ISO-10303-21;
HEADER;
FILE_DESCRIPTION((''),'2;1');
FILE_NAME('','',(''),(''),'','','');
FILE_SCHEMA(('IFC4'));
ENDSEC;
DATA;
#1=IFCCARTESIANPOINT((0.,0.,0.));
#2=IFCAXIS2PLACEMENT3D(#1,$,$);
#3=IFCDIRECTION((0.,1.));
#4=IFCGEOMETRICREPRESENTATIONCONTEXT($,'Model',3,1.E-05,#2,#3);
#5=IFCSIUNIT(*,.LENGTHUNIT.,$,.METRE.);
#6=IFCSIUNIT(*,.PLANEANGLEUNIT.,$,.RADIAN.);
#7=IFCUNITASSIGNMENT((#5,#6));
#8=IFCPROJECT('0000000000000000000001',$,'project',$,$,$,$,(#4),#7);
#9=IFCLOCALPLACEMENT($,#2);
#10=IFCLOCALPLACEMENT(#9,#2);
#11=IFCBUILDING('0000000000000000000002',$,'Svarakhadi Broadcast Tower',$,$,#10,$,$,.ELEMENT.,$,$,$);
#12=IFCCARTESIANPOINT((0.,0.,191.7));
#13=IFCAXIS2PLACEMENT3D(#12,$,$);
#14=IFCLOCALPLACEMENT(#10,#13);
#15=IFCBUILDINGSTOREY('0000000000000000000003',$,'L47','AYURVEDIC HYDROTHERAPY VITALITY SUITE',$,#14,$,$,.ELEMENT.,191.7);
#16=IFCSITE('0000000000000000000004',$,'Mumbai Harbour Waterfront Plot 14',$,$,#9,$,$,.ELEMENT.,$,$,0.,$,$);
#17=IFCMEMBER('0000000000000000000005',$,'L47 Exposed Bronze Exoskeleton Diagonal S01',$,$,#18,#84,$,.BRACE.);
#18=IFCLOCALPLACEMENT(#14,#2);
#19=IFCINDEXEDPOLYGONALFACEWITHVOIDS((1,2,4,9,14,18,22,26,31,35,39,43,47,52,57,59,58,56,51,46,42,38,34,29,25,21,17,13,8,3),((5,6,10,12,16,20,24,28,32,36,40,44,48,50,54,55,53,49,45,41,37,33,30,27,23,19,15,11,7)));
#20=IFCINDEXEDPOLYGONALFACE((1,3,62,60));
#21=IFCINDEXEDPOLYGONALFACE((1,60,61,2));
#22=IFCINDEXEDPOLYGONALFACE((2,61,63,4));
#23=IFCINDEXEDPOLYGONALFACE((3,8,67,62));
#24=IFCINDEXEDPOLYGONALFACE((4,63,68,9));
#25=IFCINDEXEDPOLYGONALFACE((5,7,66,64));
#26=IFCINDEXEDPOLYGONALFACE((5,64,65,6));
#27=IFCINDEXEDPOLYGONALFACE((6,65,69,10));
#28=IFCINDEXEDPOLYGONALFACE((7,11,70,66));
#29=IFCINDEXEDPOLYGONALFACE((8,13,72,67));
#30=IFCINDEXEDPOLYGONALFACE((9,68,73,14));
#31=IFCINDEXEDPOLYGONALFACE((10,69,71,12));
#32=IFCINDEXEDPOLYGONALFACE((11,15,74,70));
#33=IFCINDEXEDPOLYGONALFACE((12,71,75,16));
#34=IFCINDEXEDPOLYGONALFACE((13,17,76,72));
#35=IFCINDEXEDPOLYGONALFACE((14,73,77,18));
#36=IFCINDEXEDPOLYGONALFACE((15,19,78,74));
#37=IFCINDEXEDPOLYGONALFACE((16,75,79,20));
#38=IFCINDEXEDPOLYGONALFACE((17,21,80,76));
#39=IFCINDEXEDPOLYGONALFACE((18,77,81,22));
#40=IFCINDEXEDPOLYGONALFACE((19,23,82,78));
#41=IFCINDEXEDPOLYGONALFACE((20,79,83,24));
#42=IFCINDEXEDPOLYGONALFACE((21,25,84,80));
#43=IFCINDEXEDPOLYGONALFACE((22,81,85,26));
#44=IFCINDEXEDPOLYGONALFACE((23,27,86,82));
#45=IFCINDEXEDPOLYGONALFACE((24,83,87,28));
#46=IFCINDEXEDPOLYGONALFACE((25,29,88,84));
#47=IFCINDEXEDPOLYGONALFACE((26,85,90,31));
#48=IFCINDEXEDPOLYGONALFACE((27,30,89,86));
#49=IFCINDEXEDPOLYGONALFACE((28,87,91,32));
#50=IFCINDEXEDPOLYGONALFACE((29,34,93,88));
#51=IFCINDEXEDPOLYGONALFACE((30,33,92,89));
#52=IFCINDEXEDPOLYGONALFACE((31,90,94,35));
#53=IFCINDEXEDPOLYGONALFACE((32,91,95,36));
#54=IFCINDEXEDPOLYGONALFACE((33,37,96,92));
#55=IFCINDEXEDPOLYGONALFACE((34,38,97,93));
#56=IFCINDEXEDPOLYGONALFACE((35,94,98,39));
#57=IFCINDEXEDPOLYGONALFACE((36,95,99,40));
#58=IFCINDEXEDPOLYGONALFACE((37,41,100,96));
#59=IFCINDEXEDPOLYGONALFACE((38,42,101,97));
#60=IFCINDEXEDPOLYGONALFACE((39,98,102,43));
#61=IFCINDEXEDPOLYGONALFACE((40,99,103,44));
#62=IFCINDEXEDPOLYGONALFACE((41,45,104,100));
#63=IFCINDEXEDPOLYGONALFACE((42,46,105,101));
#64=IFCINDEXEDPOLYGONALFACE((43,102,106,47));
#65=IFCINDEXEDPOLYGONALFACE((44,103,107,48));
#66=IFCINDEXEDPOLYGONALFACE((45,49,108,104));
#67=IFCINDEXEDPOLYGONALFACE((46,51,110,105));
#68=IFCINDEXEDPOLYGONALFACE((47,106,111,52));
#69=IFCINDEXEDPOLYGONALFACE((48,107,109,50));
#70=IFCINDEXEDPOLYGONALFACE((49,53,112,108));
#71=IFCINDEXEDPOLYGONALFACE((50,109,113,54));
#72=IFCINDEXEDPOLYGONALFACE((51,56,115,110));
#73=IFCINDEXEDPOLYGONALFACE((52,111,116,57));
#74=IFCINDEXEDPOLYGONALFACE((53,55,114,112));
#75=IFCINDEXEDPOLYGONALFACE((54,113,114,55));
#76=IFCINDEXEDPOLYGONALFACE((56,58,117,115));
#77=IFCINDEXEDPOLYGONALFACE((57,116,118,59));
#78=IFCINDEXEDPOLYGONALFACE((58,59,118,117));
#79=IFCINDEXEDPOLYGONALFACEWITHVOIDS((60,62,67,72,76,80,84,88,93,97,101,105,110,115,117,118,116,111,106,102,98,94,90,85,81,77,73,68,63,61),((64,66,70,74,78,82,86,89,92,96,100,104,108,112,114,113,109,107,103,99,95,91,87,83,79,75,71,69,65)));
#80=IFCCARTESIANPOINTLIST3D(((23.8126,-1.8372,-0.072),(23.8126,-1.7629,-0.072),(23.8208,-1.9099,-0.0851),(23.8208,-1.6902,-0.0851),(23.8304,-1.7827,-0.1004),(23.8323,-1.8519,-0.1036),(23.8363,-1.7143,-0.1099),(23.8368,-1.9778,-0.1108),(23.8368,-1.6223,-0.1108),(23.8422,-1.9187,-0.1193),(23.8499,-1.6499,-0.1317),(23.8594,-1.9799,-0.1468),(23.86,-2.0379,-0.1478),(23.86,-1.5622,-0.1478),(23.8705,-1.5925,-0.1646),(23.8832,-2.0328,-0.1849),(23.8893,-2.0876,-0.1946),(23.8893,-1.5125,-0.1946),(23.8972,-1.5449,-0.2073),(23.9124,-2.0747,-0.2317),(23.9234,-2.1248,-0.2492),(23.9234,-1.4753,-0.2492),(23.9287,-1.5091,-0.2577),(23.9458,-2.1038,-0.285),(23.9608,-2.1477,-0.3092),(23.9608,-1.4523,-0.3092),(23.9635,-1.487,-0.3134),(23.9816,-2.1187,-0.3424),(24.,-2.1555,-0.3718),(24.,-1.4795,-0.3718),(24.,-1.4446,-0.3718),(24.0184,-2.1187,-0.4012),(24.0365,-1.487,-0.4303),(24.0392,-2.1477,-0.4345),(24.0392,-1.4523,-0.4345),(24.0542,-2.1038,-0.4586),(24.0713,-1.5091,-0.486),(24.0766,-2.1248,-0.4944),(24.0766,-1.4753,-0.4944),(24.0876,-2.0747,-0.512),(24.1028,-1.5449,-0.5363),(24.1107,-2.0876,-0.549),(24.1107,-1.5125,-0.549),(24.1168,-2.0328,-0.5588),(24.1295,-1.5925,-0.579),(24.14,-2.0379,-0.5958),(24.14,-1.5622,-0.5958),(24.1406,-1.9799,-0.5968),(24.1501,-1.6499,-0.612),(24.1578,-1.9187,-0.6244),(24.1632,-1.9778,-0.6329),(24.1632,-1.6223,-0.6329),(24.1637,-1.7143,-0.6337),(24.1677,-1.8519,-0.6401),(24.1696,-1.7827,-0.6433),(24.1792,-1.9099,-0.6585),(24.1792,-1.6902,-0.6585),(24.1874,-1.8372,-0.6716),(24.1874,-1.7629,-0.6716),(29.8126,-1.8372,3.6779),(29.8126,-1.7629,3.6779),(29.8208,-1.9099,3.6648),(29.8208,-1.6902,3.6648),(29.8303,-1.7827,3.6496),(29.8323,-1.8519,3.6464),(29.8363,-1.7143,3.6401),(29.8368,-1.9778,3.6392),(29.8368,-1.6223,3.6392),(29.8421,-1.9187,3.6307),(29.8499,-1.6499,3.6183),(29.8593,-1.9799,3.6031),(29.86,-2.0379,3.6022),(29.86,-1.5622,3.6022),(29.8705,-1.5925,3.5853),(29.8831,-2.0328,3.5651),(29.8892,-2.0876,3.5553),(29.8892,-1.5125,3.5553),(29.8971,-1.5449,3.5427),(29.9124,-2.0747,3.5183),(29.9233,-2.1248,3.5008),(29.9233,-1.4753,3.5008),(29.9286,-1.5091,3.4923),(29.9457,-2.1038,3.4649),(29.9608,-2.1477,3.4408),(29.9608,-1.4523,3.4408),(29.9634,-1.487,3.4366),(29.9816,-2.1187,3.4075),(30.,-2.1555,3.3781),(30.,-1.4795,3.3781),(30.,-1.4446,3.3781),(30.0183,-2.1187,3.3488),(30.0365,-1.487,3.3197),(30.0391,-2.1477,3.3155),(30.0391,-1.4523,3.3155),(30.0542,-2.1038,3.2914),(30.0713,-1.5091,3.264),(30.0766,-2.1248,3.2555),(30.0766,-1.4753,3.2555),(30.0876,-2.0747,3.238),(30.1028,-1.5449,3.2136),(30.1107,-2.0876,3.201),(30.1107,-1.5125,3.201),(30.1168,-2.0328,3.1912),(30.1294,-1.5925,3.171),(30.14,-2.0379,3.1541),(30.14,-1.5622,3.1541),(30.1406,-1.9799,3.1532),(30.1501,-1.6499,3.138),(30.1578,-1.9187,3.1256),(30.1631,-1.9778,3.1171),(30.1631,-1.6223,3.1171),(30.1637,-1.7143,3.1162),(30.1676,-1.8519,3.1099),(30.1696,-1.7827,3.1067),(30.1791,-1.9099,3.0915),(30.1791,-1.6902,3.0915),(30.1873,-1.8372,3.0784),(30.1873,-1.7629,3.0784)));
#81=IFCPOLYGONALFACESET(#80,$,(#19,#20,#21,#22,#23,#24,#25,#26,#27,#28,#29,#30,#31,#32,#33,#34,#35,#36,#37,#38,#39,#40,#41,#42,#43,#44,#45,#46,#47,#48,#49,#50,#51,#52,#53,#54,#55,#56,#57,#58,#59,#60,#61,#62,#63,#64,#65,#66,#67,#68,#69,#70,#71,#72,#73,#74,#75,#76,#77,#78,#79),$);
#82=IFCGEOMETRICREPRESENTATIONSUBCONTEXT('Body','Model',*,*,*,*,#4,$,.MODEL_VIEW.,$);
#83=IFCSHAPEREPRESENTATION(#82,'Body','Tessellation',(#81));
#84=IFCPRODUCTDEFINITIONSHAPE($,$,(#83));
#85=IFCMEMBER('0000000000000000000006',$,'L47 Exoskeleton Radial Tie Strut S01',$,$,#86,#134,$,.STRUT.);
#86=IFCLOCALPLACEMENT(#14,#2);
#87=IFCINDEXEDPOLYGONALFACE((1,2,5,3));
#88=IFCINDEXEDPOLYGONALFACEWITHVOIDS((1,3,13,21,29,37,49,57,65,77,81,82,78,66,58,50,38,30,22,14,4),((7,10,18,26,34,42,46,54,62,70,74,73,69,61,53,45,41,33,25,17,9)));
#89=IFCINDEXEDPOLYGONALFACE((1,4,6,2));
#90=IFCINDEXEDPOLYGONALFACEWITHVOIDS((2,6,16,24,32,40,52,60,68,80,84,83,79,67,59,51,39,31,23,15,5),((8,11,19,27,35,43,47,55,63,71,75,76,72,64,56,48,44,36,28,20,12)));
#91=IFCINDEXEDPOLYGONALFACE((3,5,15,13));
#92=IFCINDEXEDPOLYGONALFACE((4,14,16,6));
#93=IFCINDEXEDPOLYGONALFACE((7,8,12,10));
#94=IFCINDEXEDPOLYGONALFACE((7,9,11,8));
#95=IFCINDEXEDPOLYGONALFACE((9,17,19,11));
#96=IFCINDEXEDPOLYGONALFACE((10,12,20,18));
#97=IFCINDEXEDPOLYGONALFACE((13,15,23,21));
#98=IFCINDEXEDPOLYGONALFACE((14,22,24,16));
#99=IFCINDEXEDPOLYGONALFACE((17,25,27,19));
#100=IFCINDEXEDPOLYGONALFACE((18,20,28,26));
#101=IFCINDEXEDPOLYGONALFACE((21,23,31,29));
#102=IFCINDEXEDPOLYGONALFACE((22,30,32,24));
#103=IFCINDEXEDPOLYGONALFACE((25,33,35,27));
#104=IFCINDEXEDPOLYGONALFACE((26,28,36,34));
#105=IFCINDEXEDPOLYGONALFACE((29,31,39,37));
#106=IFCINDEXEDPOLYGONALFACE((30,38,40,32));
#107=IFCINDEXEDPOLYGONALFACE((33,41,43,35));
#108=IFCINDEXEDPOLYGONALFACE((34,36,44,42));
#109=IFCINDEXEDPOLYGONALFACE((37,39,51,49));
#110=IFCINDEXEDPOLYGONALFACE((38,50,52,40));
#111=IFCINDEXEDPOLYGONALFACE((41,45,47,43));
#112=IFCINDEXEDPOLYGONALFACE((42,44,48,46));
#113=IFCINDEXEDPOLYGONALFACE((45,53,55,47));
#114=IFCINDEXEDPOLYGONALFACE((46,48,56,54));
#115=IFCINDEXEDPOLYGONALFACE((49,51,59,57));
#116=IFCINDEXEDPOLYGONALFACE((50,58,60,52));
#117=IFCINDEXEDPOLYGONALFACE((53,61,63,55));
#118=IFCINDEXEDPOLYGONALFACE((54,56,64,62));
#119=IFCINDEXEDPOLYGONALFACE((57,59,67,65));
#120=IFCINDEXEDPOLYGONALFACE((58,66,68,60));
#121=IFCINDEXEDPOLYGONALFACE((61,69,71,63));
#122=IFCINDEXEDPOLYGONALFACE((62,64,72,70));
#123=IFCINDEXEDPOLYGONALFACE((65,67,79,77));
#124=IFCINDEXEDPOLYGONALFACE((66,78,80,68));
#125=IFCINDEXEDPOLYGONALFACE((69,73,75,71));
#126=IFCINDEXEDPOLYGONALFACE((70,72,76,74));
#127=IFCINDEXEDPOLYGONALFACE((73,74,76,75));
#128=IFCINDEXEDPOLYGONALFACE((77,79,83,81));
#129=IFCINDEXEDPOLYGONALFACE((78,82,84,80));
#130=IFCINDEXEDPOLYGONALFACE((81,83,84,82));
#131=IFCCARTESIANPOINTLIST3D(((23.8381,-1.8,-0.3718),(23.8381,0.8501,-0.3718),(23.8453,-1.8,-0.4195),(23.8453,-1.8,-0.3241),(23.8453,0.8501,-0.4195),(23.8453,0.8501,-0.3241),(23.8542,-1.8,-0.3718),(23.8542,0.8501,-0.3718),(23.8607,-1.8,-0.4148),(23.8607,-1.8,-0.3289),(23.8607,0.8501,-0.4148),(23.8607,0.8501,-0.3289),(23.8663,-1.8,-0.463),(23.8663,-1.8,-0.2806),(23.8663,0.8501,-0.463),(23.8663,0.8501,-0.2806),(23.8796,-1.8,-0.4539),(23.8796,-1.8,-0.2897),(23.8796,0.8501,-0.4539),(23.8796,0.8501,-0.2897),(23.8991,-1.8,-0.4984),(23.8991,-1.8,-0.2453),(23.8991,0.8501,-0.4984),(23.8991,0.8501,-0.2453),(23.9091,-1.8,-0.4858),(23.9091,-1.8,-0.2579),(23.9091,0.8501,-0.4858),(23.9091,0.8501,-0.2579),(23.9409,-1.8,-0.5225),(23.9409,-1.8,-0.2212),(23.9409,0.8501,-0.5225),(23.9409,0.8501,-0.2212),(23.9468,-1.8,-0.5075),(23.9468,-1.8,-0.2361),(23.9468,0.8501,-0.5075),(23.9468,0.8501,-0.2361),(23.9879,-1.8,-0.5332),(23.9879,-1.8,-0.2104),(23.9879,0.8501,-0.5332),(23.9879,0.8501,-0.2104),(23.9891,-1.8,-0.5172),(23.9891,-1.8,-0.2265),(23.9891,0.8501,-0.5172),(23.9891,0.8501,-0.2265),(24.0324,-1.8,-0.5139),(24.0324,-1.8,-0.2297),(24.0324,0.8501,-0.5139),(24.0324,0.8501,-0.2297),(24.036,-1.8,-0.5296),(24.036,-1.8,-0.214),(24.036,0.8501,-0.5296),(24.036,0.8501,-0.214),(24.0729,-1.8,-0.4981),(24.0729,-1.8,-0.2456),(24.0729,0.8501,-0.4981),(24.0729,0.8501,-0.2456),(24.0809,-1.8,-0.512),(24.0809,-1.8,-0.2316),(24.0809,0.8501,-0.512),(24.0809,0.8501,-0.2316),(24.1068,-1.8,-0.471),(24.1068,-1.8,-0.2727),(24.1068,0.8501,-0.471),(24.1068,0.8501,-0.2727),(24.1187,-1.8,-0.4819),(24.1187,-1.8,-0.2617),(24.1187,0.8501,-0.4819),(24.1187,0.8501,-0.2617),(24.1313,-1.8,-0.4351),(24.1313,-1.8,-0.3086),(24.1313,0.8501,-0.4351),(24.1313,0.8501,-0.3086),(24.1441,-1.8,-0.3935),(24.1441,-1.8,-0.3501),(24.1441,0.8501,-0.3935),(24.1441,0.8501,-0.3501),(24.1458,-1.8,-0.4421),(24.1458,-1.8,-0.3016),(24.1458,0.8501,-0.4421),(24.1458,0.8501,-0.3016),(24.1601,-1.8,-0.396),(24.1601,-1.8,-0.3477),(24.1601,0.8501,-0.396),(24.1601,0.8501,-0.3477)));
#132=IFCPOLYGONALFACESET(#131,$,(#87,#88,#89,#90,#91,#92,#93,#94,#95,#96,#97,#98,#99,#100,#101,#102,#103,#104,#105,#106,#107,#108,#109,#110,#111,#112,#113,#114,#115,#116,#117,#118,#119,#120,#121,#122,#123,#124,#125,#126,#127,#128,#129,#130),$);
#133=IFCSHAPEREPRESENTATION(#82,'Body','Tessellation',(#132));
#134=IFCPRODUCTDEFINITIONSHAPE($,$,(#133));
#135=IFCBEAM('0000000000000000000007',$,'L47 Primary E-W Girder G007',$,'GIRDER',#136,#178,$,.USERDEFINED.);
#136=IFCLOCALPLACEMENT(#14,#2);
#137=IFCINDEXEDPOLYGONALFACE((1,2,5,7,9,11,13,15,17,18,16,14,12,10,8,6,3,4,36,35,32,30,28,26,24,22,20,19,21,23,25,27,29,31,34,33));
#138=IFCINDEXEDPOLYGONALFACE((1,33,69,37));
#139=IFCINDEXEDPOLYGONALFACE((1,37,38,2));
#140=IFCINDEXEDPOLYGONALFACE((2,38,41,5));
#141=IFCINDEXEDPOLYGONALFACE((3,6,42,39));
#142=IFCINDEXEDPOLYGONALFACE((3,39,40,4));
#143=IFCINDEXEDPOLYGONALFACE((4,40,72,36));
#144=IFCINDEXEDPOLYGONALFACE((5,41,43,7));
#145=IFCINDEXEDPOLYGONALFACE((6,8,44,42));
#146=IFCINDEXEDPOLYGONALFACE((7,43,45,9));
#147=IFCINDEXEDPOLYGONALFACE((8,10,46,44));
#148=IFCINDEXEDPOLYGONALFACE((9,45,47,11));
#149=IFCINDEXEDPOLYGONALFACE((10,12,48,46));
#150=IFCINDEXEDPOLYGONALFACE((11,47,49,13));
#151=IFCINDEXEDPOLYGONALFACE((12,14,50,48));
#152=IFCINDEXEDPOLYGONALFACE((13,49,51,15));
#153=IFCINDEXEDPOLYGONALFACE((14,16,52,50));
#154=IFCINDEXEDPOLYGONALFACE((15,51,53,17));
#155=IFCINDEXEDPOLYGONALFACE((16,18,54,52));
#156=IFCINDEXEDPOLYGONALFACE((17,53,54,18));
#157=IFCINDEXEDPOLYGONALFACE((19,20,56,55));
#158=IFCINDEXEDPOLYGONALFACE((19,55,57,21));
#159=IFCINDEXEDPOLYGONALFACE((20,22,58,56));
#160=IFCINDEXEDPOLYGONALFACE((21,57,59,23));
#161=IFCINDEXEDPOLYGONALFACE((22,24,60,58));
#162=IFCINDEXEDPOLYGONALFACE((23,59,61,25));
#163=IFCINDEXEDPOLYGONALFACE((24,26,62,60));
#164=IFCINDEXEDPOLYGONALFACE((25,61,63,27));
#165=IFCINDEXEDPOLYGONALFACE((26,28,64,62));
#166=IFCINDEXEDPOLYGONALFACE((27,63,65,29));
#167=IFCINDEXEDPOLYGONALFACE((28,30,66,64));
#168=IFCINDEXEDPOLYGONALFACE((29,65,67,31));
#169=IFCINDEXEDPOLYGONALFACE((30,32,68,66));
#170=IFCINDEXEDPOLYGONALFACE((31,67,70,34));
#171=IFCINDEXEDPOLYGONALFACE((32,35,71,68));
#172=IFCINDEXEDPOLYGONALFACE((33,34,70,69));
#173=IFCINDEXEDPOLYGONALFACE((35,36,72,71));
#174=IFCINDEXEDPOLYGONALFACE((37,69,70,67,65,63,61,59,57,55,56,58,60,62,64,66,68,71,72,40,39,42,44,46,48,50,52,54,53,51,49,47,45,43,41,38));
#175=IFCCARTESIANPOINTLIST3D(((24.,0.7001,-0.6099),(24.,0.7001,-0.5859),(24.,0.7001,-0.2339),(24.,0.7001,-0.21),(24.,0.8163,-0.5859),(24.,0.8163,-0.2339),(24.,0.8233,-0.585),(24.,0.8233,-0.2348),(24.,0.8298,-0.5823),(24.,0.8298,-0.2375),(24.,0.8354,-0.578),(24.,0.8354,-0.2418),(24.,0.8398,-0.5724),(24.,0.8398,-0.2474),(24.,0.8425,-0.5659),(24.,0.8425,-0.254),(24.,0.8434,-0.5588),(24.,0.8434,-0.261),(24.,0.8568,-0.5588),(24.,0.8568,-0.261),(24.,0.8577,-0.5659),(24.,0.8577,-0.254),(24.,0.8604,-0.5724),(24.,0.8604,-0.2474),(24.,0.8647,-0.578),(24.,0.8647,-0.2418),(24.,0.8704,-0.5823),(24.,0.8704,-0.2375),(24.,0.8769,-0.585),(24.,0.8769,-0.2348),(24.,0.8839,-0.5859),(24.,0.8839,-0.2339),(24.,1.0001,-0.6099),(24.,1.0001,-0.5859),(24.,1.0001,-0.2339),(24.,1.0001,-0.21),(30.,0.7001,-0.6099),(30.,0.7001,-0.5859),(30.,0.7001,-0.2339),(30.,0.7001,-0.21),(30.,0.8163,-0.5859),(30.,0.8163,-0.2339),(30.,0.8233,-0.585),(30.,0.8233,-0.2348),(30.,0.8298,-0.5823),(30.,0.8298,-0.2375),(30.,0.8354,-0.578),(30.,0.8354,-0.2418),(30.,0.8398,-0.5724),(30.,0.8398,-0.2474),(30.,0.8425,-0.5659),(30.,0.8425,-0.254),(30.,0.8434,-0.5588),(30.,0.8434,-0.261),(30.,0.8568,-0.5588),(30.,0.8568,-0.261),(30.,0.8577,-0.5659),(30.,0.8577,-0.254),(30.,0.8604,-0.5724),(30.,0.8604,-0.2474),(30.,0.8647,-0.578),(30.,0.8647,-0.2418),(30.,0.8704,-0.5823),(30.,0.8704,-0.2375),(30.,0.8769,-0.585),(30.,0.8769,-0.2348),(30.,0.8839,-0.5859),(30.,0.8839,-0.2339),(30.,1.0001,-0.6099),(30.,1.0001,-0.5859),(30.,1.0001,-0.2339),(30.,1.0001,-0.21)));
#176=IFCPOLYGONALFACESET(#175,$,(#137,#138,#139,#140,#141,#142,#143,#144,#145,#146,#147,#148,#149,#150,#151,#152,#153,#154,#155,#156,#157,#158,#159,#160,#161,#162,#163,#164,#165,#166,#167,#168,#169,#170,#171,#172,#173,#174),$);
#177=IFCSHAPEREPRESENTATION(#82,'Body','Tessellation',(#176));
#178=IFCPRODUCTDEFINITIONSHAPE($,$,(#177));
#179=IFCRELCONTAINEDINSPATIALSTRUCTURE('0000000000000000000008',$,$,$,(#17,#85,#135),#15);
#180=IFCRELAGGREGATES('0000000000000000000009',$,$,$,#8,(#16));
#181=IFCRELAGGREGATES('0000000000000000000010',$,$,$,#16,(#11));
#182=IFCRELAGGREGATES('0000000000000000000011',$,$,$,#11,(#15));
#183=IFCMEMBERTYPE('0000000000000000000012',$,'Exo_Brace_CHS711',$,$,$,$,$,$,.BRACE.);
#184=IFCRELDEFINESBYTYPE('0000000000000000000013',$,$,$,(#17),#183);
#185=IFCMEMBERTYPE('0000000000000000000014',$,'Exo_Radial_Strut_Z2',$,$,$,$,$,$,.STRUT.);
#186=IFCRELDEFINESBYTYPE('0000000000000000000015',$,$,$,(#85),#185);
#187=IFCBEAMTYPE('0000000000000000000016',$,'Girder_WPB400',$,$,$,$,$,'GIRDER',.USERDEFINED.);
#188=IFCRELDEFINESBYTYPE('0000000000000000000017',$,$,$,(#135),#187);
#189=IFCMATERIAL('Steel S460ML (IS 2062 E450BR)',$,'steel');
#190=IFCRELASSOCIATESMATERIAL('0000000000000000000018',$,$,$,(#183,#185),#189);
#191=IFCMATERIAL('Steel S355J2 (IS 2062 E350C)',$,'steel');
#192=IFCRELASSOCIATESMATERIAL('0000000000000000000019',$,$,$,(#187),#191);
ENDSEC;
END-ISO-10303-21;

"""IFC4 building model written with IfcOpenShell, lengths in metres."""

from ifc_helpers import new_model, si_unit, direction, frame, origin, origin_2d, place, context, subcontext, project, spatial, hollow_circle, i_section, extrude, material, material_profile, profile_set, type_object, element, save


model = new_model("IFC4")

# Units and contexts
model_context = context("Model", 3, precision=1e-05, world=origin(), true_north=direction((0.0, 1.0)))
body_context = subcontext(model_context, "Body", "Model", "MODEL_VIEW")
ifc_project = project(units=[si_unit("LENGTHUNIT", "METRE"), si_unit("PLANEANGLEUNIT", "RADIAN")], contexts=[model_context])

# Site, building, storey
site_placement = place(None, origin())
site = spatial("IfcSite", under=ifc_project, at=site_placement, Name="Mumbai Harbour Waterfront Plot 14", CompositionType="ELEMENT", RefElevation=0.0)
building_placement = place(site_placement, origin())
building = spatial("IfcBuilding", under=site, at=building_placement, Name="Svarakhadi Broadcast Tower", CompositionType="ELEMENT")
storey_placement = place(building_placement, frame((0.0, 0.0, 191.7)))
storey = spatial("IfcBuildingStorey", under=building, at=storey_placement, Name="L47", Description="AYURVEDIC HYDROTHERAPY VITALITY SUITE", CompositionType="ELEMENT", Elevation=191.7)

# Members
ifc_material_1 = material(Name="Steel S460ML (IS 2062 E450BR)", Category="steel")
ifc_material_profile_1 = material_profile(ifc_material_1, hollow_circle(Radius=0.3555, WallThickness=0.0349, at=origin_2d()), Name="CHS 711x35")
ifc_profile_set_1 = profile_set([ifc_material_profile_1], Name="Steel S460ML (IS 2062 E450BR)")
member_type_1 = type_object("IfcMemberType", Name="Exo_Brace_CHS711", PredefinedType="BRACE", material=ifc_profile_set_1)
member_1_placement = place(storey_placement, frame((24.0, -1.8, -0.3718), z_axis=(0.847998, 0.0, 0.529999), x_axis=(0.0, 1.0, 0.0)))
element("IfcMember", 1, at=member_1_placement, inside=storey, type_object=member_type_1, Name="L47 Exposed Bronze Exoskeleton Diagonal S01", PredefinedType="BRACE", context=body_context, shape_type="SweptSolid", body=[
    extrude(hollow_circle(Radius=0.3555, WallThickness=0.0349, at=origin_2d()), origin(), (0.0, 0.0, 1.0), 7.0754),
])
ifc_material_profile_2 = material_profile(ifc_material_1, hollow_circle(Radius=0.1619, WallThickness=0.0161, at=origin_2d()), Name="CHS 323.9x16")
ifc_profile_set_2 = profile_set([ifc_material_profile_2], Name="Steel S460ML (IS 2062 E450BR)")
member_type_2 = type_object("IfcMemberType", Name="Exo_Radial_Strut_Z2", PredefinedType="STRUT", material=ifc_profile_set_2)
member_2_placement = place(storey_placement, frame((24.0, -1.8, -0.3718), z_axis=(0.0, 1.0, 0.0), x_axis=(-1.0, 0.0, 0.0)))
element("IfcMember", 2, at=member_2_placement, inside=storey, type_object=member_type_2, Name="L47 Exoskeleton Radial Tie Strut S01", PredefinedType="STRUT", context=body_context, shape_type="SweptSolid", body=[
    extrude(hollow_circle(Radius=0.1619, WallThickness=0.0161, at=origin_2d()), origin(), (0.0, 0.0, 1.0), 2.6501),
])

# Beam
ifc_material_2 = material(Name="Steel S355J2 (IS 2062 E350C)", Category="steel")
ifc_material_profile_3 = material_profile(ifc_material_2, i_section(OverallWidth=0.3, OverallDepth=0.3999, WebThickness=0.0134, FlangeThickness=0.0239, FilletRadius=0.0271, at=origin_2d()), Name="WPB 400x300x155")
ifc_profile_set_3 = profile_set([ifc_material_profile_3], Name="Steel S355J2 (IS 2062 E350C)")
beam_type_1 = type_object("IfcBeamType", Name="Girder_WPB400", ElementType="GIRDER", PredefinedType="USERDEFINED", material=ifc_profile_set_3)
beam_1_placement = place(storey_placement, frame((24.0, 0.8501, -0.4099), z_axis=(1.0, 0.0, 0.0), x_axis=(0.0, 1.0, 0.0)))
element("IfcBeam", 3, at=beam_1_placement, inside=storey, type_object=beam_type_1, Name="L47 Primary E-W Girder G007", ObjectType="GIRDER", PredefinedType="USERDEFINED", context=body_context, shape_type="SweptSolid", body=[
    extrude(i_section(OverallWidth=0.3, OverallDepth=0.3999, WebThickness=0.0134, FlangeThickness=0.0239, FilletRadius=0.0271, at=origin_2d()), origin(), (0.0, 0.0, 1.0), 6.0),
])

save(model, "model.ifc")
